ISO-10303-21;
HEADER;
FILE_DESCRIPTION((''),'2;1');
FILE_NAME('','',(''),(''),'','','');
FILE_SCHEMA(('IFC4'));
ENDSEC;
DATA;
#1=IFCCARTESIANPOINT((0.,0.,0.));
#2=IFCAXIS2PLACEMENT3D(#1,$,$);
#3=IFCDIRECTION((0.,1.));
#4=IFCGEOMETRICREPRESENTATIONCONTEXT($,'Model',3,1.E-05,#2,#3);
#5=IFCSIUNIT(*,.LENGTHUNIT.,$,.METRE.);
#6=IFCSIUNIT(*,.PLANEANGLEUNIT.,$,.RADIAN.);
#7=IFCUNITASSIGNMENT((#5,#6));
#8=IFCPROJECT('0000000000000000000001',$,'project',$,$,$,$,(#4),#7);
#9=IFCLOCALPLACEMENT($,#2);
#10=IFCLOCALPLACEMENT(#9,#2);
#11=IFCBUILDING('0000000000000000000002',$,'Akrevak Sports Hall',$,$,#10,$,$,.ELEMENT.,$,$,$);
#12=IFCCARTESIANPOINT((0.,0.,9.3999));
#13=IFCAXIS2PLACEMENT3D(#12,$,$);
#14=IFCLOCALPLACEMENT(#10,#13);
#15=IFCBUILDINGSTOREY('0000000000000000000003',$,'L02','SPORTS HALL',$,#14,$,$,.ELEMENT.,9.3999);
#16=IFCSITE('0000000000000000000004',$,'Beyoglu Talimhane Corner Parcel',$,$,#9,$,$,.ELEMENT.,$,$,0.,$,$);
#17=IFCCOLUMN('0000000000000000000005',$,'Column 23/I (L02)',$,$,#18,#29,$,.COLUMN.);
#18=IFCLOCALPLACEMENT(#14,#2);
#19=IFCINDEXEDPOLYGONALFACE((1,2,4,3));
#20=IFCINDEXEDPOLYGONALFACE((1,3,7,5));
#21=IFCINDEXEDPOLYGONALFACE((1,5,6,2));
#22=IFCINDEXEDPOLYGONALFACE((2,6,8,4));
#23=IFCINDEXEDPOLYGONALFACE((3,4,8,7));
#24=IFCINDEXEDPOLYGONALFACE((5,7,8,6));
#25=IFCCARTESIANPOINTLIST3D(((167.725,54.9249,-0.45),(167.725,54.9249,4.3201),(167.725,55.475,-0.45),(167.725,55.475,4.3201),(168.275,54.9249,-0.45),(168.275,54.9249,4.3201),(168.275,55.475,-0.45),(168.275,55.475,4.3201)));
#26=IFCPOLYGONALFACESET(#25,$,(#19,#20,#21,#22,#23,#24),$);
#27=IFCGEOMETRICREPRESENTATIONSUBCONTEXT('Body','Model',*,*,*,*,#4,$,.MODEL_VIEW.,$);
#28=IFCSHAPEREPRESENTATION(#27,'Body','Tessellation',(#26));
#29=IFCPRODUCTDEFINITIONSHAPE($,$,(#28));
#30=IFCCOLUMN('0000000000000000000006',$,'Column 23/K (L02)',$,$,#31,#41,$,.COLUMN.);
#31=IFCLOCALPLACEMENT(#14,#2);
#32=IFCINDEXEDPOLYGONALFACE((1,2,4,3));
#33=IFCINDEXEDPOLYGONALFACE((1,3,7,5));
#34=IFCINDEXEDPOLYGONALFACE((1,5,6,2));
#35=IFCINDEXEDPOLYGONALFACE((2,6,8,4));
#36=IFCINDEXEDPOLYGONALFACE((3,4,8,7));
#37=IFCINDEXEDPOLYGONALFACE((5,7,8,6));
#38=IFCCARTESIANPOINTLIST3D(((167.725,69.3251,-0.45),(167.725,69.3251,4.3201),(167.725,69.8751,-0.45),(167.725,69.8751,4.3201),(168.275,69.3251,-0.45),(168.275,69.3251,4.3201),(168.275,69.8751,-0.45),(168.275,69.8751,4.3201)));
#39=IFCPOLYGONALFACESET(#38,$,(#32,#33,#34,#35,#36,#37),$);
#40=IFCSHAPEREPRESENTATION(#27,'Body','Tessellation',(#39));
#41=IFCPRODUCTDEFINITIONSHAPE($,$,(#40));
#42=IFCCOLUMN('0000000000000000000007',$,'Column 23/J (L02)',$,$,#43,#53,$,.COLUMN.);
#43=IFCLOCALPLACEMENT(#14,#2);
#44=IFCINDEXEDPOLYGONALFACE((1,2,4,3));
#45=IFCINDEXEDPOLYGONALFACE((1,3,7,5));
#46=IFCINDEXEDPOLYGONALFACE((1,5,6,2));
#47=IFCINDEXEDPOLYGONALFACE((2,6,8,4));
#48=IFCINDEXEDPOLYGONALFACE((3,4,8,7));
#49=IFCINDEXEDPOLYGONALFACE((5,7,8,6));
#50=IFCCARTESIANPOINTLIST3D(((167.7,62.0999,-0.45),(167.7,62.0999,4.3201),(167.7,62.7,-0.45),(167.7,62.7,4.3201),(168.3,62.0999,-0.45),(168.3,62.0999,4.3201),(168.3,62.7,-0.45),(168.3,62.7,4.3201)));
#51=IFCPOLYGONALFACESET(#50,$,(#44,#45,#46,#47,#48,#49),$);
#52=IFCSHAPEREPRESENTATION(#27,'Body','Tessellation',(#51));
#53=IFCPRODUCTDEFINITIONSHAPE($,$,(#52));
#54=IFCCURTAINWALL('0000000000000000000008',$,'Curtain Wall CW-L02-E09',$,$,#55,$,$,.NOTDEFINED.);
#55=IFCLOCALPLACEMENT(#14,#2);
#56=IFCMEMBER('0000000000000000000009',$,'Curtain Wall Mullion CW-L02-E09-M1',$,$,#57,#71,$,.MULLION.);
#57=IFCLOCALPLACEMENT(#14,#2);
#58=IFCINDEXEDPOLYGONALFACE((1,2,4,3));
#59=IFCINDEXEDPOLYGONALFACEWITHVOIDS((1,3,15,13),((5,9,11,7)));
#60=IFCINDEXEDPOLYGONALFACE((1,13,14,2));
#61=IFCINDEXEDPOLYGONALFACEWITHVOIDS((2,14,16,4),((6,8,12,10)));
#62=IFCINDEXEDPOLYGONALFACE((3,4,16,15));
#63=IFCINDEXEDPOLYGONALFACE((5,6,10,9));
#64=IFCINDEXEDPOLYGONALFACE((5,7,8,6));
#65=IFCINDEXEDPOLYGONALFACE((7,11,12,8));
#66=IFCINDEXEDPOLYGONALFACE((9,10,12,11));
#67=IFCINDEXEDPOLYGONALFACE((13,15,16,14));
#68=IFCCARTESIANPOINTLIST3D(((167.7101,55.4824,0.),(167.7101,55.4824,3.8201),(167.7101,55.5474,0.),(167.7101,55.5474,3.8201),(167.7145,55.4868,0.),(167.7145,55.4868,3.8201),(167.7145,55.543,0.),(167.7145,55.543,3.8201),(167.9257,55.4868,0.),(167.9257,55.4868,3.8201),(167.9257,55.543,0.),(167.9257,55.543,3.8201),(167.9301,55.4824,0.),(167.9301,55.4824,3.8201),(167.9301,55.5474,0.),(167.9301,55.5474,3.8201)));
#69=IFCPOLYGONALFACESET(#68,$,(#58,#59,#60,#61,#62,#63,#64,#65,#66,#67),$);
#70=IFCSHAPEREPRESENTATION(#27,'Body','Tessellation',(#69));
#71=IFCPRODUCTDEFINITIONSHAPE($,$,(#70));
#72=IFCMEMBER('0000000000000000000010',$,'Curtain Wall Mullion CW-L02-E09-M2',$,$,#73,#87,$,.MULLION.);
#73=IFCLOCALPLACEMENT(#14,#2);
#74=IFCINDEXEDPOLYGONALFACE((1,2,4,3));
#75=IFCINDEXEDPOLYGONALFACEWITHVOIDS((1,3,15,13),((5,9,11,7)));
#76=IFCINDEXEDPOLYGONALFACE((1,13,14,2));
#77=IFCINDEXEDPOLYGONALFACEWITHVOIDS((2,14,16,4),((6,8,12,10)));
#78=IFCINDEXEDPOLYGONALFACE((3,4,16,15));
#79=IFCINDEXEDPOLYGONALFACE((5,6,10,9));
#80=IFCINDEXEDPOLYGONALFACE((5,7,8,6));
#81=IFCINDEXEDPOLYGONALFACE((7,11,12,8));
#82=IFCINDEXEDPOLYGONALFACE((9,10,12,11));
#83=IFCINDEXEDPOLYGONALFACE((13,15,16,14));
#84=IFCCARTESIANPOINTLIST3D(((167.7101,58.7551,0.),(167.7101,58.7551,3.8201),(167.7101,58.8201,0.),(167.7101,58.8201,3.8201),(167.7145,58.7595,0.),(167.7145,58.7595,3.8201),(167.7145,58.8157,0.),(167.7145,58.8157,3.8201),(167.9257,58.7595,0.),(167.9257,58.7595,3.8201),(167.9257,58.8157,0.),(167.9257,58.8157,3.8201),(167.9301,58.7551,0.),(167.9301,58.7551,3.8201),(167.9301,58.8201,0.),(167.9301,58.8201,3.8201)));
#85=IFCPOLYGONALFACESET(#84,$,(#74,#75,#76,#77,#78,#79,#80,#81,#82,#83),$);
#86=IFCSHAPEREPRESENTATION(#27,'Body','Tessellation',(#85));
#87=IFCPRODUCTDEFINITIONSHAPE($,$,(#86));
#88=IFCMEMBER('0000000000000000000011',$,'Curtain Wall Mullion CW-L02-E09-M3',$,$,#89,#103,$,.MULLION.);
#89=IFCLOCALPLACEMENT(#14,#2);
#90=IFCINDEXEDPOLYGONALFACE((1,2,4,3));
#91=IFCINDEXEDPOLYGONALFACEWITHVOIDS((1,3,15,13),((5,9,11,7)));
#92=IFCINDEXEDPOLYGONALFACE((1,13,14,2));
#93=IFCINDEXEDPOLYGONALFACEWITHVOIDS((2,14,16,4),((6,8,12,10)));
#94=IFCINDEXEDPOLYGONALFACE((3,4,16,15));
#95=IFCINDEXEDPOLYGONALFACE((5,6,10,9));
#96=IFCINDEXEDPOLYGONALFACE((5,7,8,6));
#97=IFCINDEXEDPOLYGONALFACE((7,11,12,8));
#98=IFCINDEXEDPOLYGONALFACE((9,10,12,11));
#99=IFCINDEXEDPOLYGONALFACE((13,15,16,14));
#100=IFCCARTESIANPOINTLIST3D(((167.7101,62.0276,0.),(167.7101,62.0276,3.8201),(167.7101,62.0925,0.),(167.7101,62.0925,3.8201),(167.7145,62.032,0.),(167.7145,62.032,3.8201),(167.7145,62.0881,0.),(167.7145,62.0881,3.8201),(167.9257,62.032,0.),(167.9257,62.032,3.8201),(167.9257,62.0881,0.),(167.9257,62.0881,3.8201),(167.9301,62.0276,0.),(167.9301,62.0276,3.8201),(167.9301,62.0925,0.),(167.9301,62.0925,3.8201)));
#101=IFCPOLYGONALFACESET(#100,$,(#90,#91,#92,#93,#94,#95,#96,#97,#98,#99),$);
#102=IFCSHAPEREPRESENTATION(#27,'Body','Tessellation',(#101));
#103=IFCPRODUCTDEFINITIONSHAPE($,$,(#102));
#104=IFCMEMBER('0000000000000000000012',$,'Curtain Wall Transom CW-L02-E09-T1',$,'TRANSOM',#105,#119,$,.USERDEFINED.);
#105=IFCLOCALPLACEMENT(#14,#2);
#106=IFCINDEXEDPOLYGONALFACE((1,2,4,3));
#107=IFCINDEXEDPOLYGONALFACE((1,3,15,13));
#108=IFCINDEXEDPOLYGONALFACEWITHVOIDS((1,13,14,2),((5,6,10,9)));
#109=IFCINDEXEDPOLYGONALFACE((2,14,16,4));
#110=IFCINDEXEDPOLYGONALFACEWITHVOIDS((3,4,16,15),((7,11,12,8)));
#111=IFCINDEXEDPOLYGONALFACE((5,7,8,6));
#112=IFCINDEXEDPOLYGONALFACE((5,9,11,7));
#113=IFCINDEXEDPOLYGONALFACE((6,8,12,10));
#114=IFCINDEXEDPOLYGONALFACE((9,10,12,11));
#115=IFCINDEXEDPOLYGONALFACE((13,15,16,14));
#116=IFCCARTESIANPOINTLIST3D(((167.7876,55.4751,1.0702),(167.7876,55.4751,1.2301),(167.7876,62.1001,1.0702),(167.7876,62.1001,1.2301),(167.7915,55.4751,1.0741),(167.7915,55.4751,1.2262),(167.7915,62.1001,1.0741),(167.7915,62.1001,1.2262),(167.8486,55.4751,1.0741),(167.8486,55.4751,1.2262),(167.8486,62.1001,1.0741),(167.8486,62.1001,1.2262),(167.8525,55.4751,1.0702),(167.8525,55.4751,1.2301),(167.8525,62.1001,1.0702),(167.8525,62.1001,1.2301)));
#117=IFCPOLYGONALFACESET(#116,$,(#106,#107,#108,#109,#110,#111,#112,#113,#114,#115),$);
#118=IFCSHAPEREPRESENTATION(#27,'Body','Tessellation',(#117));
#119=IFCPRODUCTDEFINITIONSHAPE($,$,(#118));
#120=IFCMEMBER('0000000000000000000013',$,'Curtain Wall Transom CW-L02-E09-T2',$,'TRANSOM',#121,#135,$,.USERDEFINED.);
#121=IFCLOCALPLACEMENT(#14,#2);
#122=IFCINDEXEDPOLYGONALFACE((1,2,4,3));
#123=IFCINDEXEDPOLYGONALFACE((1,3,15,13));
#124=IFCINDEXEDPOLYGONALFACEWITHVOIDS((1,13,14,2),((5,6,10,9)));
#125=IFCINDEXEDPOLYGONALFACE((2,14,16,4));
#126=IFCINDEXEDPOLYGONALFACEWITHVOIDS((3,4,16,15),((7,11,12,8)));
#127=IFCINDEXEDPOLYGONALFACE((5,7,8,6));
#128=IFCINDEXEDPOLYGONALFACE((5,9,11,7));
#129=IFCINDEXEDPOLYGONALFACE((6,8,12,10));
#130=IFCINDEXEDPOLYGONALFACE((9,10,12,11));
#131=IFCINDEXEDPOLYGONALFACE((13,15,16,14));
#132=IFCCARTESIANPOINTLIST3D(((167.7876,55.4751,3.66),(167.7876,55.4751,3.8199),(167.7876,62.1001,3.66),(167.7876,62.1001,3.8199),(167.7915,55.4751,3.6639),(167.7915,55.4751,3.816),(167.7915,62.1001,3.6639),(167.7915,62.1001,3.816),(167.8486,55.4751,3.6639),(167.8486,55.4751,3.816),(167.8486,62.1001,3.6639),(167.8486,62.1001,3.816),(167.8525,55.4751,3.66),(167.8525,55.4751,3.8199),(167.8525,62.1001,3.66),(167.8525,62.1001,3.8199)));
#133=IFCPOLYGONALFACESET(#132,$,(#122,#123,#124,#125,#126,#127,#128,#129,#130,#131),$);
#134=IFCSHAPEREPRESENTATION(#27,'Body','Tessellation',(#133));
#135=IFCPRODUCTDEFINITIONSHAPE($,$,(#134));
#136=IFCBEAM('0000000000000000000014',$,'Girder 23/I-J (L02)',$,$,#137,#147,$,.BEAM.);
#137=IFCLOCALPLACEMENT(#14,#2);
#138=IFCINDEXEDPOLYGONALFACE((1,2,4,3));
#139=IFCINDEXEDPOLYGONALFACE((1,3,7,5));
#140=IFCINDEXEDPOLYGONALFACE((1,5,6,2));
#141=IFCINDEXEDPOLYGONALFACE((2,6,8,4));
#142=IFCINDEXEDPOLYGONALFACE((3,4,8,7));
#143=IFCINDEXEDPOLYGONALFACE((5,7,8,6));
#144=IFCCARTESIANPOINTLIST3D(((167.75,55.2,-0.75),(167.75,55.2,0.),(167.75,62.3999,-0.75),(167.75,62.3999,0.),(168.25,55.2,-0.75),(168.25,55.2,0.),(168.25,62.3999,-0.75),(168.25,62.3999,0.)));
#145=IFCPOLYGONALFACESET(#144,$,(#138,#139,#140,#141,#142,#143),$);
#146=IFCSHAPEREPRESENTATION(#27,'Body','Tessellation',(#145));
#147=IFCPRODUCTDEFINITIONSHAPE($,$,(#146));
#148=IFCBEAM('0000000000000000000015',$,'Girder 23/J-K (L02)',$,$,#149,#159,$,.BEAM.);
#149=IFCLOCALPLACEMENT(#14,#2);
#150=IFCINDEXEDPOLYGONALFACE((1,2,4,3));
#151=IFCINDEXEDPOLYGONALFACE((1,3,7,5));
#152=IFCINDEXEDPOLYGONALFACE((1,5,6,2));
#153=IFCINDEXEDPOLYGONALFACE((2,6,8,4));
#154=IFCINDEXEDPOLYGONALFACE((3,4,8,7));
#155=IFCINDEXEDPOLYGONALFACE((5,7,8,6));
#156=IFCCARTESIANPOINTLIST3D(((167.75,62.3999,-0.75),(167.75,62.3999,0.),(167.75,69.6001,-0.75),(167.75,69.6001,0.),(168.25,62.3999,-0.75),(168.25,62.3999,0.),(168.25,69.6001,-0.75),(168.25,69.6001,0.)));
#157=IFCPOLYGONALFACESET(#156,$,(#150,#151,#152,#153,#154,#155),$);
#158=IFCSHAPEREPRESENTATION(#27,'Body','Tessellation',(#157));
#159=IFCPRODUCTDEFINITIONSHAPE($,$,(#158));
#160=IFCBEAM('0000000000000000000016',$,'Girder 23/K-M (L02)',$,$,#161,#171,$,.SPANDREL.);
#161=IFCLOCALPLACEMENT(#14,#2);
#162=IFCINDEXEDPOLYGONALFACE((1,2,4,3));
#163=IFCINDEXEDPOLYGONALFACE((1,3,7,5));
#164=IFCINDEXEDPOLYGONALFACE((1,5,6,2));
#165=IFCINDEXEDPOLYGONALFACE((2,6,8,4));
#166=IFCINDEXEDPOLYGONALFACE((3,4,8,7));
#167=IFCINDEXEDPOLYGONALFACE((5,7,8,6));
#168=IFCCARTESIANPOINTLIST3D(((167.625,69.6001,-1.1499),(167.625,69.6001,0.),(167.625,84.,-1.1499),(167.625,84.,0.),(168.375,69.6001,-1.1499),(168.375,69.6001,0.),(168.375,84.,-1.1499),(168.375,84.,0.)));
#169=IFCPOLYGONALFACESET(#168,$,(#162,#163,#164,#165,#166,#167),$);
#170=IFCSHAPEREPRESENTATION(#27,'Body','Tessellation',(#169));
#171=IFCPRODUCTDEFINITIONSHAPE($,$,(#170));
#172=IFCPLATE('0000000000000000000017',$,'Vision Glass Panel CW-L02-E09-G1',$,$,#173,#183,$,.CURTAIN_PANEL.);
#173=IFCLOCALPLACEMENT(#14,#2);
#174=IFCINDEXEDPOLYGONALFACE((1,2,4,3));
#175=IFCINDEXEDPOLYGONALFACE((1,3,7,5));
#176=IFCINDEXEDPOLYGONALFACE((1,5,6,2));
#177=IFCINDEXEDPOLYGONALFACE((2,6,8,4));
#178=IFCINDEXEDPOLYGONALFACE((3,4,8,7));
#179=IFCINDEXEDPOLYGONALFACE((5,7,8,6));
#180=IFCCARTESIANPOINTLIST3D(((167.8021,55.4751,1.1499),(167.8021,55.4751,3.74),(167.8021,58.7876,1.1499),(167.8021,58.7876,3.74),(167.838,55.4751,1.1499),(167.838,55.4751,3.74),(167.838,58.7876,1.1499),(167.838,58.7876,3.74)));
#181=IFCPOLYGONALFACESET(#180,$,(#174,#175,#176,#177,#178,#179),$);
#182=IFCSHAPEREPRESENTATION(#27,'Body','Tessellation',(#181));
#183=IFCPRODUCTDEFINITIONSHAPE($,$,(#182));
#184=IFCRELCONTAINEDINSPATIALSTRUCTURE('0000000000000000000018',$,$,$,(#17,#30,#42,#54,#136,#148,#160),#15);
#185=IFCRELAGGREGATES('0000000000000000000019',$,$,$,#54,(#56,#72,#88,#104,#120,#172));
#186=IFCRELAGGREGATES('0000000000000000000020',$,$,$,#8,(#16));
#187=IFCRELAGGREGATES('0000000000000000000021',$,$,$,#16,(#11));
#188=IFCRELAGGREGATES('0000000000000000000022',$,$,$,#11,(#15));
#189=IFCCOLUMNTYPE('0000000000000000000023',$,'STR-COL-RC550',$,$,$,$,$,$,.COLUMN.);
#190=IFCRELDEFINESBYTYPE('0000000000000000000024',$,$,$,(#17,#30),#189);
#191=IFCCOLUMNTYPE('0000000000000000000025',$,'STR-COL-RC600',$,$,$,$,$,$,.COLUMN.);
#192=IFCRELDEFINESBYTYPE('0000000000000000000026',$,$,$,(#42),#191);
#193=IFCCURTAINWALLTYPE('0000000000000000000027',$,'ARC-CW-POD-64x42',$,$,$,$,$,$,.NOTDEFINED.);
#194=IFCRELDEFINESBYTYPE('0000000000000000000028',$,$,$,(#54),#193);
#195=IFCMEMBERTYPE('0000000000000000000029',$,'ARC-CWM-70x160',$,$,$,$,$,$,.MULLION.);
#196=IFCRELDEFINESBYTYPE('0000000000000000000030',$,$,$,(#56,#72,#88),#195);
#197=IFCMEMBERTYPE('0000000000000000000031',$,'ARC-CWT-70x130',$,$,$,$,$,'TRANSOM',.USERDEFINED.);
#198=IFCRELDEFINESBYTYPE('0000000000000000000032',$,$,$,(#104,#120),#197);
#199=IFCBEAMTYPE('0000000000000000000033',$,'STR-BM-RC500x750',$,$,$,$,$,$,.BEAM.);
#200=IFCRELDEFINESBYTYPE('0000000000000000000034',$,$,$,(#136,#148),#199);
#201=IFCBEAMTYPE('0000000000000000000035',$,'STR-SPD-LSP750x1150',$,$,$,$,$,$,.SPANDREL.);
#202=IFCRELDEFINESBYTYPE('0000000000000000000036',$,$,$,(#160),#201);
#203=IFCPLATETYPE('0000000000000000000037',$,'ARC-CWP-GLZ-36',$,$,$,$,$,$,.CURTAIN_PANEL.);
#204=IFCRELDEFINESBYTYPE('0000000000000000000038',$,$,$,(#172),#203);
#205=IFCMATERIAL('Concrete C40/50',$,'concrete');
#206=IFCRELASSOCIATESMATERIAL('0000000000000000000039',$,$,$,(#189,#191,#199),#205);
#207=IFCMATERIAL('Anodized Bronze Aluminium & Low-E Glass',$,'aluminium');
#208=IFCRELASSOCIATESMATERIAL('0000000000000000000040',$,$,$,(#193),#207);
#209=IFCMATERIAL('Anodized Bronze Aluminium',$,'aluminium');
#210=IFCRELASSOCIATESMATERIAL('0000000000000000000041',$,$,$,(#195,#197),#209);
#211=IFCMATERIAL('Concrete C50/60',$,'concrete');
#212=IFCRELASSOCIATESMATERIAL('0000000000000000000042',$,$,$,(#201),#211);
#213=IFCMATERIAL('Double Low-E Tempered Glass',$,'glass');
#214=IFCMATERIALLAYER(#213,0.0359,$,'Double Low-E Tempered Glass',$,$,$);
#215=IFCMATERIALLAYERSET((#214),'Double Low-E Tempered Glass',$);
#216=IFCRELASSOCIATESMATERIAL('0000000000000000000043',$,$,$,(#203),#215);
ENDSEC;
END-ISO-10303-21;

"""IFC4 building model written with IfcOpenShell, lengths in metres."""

from ifc_helpers import new_model, si_unit, direction, frame, origin, origin_2d, place, context, subcontext, project, spatial, rectangle, hollow_rectangle, extrude, material, layer, layer_set, material_profile, profile_set, type_object, element, aggregate, save


model = new_model("IFC4")

# Units and contexts
model_context = context("Model", 3, precision=1e-05, world=origin(), true_north=direction((0.0, 1.0)))
body_context = subcontext(model_context, "Body", "Model", "MODEL_VIEW")
ifc_project = project(units=[si_unit("LENGTHUNIT", "METRE"), si_unit("PLANEANGLEUNIT", "RADIAN")], contexts=[model_context])

# Site, building, storey
site_placement = place(None, origin())
site = spatial("IfcSite", under=ifc_project, at=site_placement, Name="Beyoglu Talimhane Corner Parcel", CompositionType="ELEMENT", RefElevation=0.0)
building_placement = place(site_placement, origin())
building = spatial("IfcBuilding", under=site, at=building_placement, Name="Akrevak Sports Hall", CompositionType="ELEMENT")
storey_placement = place(building_placement, frame((0.0, 0.0, 9.3999)))
storey = spatial("IfcBuildingStorey", under=building, at=storey_placement, Name="L02", Description="SPORTS HALL", CompositionType="ELEMENT", Elevation=9.3999)

# Columns
ifc_material_1 = material(Name="Concrete C40/50", Category="concrete")
ifc_material_profile_1 = material_profile(ifc_material_1, rectangle(XDim=0.55, YDim=0.55, at=origin_2d()), Name="RC 550x550", Category="concrete")
ifc_profile_set_1 = profile_set([ifc_material_profile_1], Name="Concrete C40/50")
column_type_1 = type_object("IfcColumnType", Name="STR-COL-RC550", PredefinedType="COLUMN", material=ifc_profile_set_1)
for number, where, z_axis, x_axis, name in (
    (1, (168.0, 55.2, -0.45), (0.0, 0.0, 1.0), (1.0, 0.0, 0.0), "Column 23/I (L02)"),
    (2, (168.0, 69.6001, -0.45), (0.0, 0.0, 1.0), (1.0, 0.0, 0.0), "Column 23/K (L02)"),
):
    element("IfcColumn", number, at=place(storey_placement, frame(where, z_axis=z_axis, x_axis=x_axis)), inside=storey, type_object=column_type_1, Name=name, PredefinedType="COLUMN", context=body_context, shape_type="SweptSolid", body=[
        extrude(rectangle(XDim=0.55, YDim=0.55, at=origin_2d()), origin(), (0.0, 0.0, 1.0), 4.77),
    ])
ifc_material_profile_2 = material_profile(ifc_material_1, rectangle(XDim=0.6001, YDim=0.6001, at=origin_2d()), Name="RC 600x600", Category="concrete")
ifc_profile_set_2 = profile_set([ifc_material_profile_2], Name="Concrete C40/50")
column_type_2 = type_object("IfcColumnType", Name="STR-COL-RC600", PredefinedType="COLUMN", material=ifc_profile_set_2)
column_placement = place(storey_placement, frame((168.0, 62.3999, -0.45), z_axis=(0.0, 0.0, 1.0), x_axis=(1.0, 0.0, 0.0)))
element("IfcColumn", 3, at=column_placement, inside=storey, type_object=column_type_2, Name="Column 23/J (L02)", PredefinedType="COLUMN", context=body_context, shape_type="SweptSolid", body=[
    extrude(rectangle(XDim=0.6001, YDim=0.6001, at=origin_2d()), origin(), (0.0, 0.0, 1.0), 4.77),
])

# Curtain wall, members
ifc_material_2 = material(Name="Anodized Bronze Aluminium & Low-E Glass", Category="aluminium")
curtain_wall_type = type_object("IfcCurtainWallType", Name="ARC-CW-POD-64x42", PredefinedType="NOTDEFINED", material=ifc_material_2)
curtain_wall_placement = place(storey_placement, origin())
curtain_wall = element("IfcCurtainWall", 4, at=curtain_wall_placement, inside=storey, type_object=curtain_wall_type, Name="Curtain Wall CW-L02-E09", PredefinedType="NOTDEFINED")
ifc_material_3 = material(Name="Anodized Bronze Aluminium", Category="aluminium")
ifc_material_profile_3 = material_profile(ifc_material_3, hollow_rectangle(XDim=0.0649, YDim=0.22, WallThickness=0.0044, at=origin_2d()), Name="CWM 65x220", Category="aluminium")
ifc_profile_set_3 = profile_set([ifc_material_profile_3], Name="Anodized Bronze Aluminium")
member_type_1 = type_object("IfcMemberType", Name="ARC-CWM-70x160", PredefinedType="MULLION", material=ifc_profile_set_3)
member_1_placement = place(storey_placement, frame((167.8201, 55.5149, 0.0), z_axis=(0.0, 0.0, 1.0), x_axis=(0.0, 1.0, 0.0)))
member_1 = element("IfcMember", 5, at=member_1_placement, type_object=member_type_1, Name="Curtain Wall Mullion CW-L02-E09-M1", PredefinedType="MULLION", context=body_context, shape_type="SweptSolid", body=[
    extrude(hollow_rectangle(XDim=0.0649, YDim=0.22, WallThickness=0.0044, at=origin_2d()), origin(), (0.0, 0.0, 1.0), 3.8201),
])
member_2_placement = place(storey_placement, frame((167.8201, 58.7876, 0.0), z_axis=(0.0, 0.0, 1.0), x_axis=(0.0, 1.0, 0.0)))
member_2 = element("IfcMember", 6, at=member_2_placement, type_object=member_type_1, Name="Curtain Wall Mullion CW-L02-E09-M2", PredefinedType="MULLION", context=body_context, shape_type="SweptSolid", body=[
    extrude(hollow_rectangle(XDim=0.0649, YDim=0.22, WallThickness=0.0044, at=origin_2d()), origin(), (0.0, 0.0, 1.0), 3.8201),
])
member_3_placement = place(storey_placement, frame((167.8201, 62.0601, 0.0), z_axis=(0.0, 0.0, 1.0), x_axis=(0.0, 1.0, 0.0)))
member_3 = element("IfcMember", 7, at=member_3_placement, type_object=member_type_1, Name="Curtain Wall Mullion CW-L02-E09-M3", PredefinedType="MULLION", context=body_context, shape_type="SweptSolid", body=[
    extrude(hollow_rectangle(XDim=0.0649, YDim=0.22, WallThickness=0.0044, at=origin_2d()), origin(), (0.0, 0.0, 1.0), 3.8201),
])
ifc_material_profile_4 = material_profile(ifc_material_3, hollow_rectangle(XDim=0.0649, YDim=0.1599, WallThickness=0.0039, at=origin_2d()), Name="CWT 65x160", Category="aluminium")
ifc_profile_set_4 = profile_set([ifc_material_profile_4], Name="Anodized Bronze Aluminium")
member_type_2 = type_object("IfcMemberType", Name="ARC-CWT-70x130", ElementType="TRANSOM", PredefinedType="USERDEFINED", material=ifc_profile_set_4)
member_4_placement = place(storey_placement, frame((167.8201, 55.4751, 1.1501), z_axis=(0.0, 1.0, 0.0), x_axis=(-1.0, 0.0, 0.0)))
member_4 = element("IfcMember", 8, at=member_4_placement, type_object=member_type_2, Name="Curtain Wall Transom CW-L02-E09-T1", ObjectType="TRANSOM", PredefinedType="USERDEFINED", context=body_context, shape_type="SweptSolid", body=[
    extrude(hollow_rectangle(XDim=0.0649, YDim=0.1599, WallThickness=0.0039, at=origin_2d()), origin(), (0.0, 0.0, 1.0), 6.625),
])
member_5_placement = place(storey_placement, frame((167.8201, 55.4751, 3.74), z_axis=(0.0, 1.0, 0.0), x_axis=(-1.0, 0.0, 0.0)))
member_5 = element("IfcMember", 9, at=member_5_placement, type_object=member_type_2, Name="Curtain Wall Transom CW-L02-E09-T2", ObjectType="TRANSOM", PredefinedType="USERDEFINED", context=body_context, shape_type="SweptSolid", body=[
    extrude(hollow_rectangle(XDim=0.0649, YDim=0.1599, WallThickness=0.0039, at=origin_2d()), origin(), (0.0, 0.0, 1.0), 6.625),
])

# Beams
ifc_material_profile_5 = material_profile(ifc_material_1, rectangle(XDim=0.5, YDim=0.75, at=origin_2d()), Name="BM 500x750", Category="concrete")
ifc_profile_set_5 = profile_set([ifc_material_profile_5], Name="Concrete C40/50")
beam_type_1 = type_object("IfcBeamType", Name="STR-BM-RC500x750", PredefinedType="BEAM", material=ifc_profile_set_5)
beam_1_placement = place(storey_placement, frame((168.0, 55.2, -0.375), z_axis=(0.0, 1.0, 0.0), x_axis=(-1.0, 0.0, 0.0)))
element("IfcBeam", 10, at=beam_1_placement, inside=storey, type_object=beam_type_1, Name="Girder 23/I-J (L02)", PredefinedType="BEAM", context=body_context, shape_type="SweptSolid", body=[
    extrude(rectangle(XDim=0.5, YDim=0.75, at=origin_2d()), origin(), (0.0, 0.0, 1.0), 7.2),
])
beam_2_placement = place(storey_placement, frame((168.0, 62.3999, -0.375), z_axis=(0.0, 1.0, 0.0), x_axis=(-1.0, 0.0, 0.0)))
element("IfcBeam", 11, at=beam_2_placement, inside=storey, type_object=beam_type_1, Name="Girder 23/J-K (L02)", PredefinedType="BEAM", context=body_context, shape_type="SweptSolid", body=[
    extrude(rectangle(XDim=0.5, YDim=0.75, at=origin_2d()), origin(), (0.0, 0.0, 1.0), 7.2002),
])
ifc_material_4 = material(Name="Concrete C50/60", Category="concrete")
ifc_material_profile_6 = material_profile(ifc_material_4, rectangle(XDim=0.75, YDim=1.1499, at=origin_2d()), Name="SPD 750x1150", Category="concrete")
ifc_profile_set_6 = profile_set([ifc_material_profile_6], Name="Concrete C50/60")
beam_type_2 = type_object("IfcBeamType", Name="STR-SPD-LSP750x1150", PredefinedType="SPANDREL", material=ifc_profile_set_6)
beam_3_placement = place(storey_placement, frame((168.0, 69.6001, -0.575), z_axis=(0.0, 1.0, 0.0), x_axis=(-1.0, 0.0, 0.0)))
element("IfcBeam", 12, at=beam_3_placement, inside=storey, type_object=beam_type_2, Name="Girder 23/K-M (L02)", PredefinedType="SPANDREL", context=body_context, shape_type="SweptSolid", body=[
    extrude(rectangle(XDim=0.75, YDim=1.1499, at=origin_2d()), origin(), (0.0, 0.0, 1.0), 14.3999),
])

# Plate
ifc_material_5 = material(Name="Double Low-E Tempered Glass", Category="glass")
ifc_layer_1 = layer(ifc_material_5, 0.0359, Name="Double Low-E Tempered Glass")
ifc_layer_set_1 = layer_set([ifc_layer_1], Name="Double Low-E Tempered Glass")
plate_type_1 = type_object("IfcPlateType", Name="ARC-CWP-GLZ-36", PredefinedType="CURTAIN_PANEL", material=ifc_layer_set_1)
plate_1_placement = place(storey_placement, frame((167.8201, 57.1313, 1.1499), z_axis=(0.0, 0.0, 1.0), x_axis=(0.0, 1.0, 0.0)))
plate_1 = element("IfcPlate", 13, at=plate_1_placement, type_object=plate_type_1, Name="Vision Glass Panel CW-L02-E09-G1", PredefinedType="CURTAIN_PANEL", context=body_context, shape_type="SweptSolid", body=[
    extrude(rectangle(XDim=3.3125, YDim=0.0359, at=origin_2d()), origin(), (0.0, 0.0, 1.0), 2.5901),
])
aggregate(curtain_wall, [member_1, member_2, member_3, member_4, member_5, plate_1])

save(model, "model.ifc")
